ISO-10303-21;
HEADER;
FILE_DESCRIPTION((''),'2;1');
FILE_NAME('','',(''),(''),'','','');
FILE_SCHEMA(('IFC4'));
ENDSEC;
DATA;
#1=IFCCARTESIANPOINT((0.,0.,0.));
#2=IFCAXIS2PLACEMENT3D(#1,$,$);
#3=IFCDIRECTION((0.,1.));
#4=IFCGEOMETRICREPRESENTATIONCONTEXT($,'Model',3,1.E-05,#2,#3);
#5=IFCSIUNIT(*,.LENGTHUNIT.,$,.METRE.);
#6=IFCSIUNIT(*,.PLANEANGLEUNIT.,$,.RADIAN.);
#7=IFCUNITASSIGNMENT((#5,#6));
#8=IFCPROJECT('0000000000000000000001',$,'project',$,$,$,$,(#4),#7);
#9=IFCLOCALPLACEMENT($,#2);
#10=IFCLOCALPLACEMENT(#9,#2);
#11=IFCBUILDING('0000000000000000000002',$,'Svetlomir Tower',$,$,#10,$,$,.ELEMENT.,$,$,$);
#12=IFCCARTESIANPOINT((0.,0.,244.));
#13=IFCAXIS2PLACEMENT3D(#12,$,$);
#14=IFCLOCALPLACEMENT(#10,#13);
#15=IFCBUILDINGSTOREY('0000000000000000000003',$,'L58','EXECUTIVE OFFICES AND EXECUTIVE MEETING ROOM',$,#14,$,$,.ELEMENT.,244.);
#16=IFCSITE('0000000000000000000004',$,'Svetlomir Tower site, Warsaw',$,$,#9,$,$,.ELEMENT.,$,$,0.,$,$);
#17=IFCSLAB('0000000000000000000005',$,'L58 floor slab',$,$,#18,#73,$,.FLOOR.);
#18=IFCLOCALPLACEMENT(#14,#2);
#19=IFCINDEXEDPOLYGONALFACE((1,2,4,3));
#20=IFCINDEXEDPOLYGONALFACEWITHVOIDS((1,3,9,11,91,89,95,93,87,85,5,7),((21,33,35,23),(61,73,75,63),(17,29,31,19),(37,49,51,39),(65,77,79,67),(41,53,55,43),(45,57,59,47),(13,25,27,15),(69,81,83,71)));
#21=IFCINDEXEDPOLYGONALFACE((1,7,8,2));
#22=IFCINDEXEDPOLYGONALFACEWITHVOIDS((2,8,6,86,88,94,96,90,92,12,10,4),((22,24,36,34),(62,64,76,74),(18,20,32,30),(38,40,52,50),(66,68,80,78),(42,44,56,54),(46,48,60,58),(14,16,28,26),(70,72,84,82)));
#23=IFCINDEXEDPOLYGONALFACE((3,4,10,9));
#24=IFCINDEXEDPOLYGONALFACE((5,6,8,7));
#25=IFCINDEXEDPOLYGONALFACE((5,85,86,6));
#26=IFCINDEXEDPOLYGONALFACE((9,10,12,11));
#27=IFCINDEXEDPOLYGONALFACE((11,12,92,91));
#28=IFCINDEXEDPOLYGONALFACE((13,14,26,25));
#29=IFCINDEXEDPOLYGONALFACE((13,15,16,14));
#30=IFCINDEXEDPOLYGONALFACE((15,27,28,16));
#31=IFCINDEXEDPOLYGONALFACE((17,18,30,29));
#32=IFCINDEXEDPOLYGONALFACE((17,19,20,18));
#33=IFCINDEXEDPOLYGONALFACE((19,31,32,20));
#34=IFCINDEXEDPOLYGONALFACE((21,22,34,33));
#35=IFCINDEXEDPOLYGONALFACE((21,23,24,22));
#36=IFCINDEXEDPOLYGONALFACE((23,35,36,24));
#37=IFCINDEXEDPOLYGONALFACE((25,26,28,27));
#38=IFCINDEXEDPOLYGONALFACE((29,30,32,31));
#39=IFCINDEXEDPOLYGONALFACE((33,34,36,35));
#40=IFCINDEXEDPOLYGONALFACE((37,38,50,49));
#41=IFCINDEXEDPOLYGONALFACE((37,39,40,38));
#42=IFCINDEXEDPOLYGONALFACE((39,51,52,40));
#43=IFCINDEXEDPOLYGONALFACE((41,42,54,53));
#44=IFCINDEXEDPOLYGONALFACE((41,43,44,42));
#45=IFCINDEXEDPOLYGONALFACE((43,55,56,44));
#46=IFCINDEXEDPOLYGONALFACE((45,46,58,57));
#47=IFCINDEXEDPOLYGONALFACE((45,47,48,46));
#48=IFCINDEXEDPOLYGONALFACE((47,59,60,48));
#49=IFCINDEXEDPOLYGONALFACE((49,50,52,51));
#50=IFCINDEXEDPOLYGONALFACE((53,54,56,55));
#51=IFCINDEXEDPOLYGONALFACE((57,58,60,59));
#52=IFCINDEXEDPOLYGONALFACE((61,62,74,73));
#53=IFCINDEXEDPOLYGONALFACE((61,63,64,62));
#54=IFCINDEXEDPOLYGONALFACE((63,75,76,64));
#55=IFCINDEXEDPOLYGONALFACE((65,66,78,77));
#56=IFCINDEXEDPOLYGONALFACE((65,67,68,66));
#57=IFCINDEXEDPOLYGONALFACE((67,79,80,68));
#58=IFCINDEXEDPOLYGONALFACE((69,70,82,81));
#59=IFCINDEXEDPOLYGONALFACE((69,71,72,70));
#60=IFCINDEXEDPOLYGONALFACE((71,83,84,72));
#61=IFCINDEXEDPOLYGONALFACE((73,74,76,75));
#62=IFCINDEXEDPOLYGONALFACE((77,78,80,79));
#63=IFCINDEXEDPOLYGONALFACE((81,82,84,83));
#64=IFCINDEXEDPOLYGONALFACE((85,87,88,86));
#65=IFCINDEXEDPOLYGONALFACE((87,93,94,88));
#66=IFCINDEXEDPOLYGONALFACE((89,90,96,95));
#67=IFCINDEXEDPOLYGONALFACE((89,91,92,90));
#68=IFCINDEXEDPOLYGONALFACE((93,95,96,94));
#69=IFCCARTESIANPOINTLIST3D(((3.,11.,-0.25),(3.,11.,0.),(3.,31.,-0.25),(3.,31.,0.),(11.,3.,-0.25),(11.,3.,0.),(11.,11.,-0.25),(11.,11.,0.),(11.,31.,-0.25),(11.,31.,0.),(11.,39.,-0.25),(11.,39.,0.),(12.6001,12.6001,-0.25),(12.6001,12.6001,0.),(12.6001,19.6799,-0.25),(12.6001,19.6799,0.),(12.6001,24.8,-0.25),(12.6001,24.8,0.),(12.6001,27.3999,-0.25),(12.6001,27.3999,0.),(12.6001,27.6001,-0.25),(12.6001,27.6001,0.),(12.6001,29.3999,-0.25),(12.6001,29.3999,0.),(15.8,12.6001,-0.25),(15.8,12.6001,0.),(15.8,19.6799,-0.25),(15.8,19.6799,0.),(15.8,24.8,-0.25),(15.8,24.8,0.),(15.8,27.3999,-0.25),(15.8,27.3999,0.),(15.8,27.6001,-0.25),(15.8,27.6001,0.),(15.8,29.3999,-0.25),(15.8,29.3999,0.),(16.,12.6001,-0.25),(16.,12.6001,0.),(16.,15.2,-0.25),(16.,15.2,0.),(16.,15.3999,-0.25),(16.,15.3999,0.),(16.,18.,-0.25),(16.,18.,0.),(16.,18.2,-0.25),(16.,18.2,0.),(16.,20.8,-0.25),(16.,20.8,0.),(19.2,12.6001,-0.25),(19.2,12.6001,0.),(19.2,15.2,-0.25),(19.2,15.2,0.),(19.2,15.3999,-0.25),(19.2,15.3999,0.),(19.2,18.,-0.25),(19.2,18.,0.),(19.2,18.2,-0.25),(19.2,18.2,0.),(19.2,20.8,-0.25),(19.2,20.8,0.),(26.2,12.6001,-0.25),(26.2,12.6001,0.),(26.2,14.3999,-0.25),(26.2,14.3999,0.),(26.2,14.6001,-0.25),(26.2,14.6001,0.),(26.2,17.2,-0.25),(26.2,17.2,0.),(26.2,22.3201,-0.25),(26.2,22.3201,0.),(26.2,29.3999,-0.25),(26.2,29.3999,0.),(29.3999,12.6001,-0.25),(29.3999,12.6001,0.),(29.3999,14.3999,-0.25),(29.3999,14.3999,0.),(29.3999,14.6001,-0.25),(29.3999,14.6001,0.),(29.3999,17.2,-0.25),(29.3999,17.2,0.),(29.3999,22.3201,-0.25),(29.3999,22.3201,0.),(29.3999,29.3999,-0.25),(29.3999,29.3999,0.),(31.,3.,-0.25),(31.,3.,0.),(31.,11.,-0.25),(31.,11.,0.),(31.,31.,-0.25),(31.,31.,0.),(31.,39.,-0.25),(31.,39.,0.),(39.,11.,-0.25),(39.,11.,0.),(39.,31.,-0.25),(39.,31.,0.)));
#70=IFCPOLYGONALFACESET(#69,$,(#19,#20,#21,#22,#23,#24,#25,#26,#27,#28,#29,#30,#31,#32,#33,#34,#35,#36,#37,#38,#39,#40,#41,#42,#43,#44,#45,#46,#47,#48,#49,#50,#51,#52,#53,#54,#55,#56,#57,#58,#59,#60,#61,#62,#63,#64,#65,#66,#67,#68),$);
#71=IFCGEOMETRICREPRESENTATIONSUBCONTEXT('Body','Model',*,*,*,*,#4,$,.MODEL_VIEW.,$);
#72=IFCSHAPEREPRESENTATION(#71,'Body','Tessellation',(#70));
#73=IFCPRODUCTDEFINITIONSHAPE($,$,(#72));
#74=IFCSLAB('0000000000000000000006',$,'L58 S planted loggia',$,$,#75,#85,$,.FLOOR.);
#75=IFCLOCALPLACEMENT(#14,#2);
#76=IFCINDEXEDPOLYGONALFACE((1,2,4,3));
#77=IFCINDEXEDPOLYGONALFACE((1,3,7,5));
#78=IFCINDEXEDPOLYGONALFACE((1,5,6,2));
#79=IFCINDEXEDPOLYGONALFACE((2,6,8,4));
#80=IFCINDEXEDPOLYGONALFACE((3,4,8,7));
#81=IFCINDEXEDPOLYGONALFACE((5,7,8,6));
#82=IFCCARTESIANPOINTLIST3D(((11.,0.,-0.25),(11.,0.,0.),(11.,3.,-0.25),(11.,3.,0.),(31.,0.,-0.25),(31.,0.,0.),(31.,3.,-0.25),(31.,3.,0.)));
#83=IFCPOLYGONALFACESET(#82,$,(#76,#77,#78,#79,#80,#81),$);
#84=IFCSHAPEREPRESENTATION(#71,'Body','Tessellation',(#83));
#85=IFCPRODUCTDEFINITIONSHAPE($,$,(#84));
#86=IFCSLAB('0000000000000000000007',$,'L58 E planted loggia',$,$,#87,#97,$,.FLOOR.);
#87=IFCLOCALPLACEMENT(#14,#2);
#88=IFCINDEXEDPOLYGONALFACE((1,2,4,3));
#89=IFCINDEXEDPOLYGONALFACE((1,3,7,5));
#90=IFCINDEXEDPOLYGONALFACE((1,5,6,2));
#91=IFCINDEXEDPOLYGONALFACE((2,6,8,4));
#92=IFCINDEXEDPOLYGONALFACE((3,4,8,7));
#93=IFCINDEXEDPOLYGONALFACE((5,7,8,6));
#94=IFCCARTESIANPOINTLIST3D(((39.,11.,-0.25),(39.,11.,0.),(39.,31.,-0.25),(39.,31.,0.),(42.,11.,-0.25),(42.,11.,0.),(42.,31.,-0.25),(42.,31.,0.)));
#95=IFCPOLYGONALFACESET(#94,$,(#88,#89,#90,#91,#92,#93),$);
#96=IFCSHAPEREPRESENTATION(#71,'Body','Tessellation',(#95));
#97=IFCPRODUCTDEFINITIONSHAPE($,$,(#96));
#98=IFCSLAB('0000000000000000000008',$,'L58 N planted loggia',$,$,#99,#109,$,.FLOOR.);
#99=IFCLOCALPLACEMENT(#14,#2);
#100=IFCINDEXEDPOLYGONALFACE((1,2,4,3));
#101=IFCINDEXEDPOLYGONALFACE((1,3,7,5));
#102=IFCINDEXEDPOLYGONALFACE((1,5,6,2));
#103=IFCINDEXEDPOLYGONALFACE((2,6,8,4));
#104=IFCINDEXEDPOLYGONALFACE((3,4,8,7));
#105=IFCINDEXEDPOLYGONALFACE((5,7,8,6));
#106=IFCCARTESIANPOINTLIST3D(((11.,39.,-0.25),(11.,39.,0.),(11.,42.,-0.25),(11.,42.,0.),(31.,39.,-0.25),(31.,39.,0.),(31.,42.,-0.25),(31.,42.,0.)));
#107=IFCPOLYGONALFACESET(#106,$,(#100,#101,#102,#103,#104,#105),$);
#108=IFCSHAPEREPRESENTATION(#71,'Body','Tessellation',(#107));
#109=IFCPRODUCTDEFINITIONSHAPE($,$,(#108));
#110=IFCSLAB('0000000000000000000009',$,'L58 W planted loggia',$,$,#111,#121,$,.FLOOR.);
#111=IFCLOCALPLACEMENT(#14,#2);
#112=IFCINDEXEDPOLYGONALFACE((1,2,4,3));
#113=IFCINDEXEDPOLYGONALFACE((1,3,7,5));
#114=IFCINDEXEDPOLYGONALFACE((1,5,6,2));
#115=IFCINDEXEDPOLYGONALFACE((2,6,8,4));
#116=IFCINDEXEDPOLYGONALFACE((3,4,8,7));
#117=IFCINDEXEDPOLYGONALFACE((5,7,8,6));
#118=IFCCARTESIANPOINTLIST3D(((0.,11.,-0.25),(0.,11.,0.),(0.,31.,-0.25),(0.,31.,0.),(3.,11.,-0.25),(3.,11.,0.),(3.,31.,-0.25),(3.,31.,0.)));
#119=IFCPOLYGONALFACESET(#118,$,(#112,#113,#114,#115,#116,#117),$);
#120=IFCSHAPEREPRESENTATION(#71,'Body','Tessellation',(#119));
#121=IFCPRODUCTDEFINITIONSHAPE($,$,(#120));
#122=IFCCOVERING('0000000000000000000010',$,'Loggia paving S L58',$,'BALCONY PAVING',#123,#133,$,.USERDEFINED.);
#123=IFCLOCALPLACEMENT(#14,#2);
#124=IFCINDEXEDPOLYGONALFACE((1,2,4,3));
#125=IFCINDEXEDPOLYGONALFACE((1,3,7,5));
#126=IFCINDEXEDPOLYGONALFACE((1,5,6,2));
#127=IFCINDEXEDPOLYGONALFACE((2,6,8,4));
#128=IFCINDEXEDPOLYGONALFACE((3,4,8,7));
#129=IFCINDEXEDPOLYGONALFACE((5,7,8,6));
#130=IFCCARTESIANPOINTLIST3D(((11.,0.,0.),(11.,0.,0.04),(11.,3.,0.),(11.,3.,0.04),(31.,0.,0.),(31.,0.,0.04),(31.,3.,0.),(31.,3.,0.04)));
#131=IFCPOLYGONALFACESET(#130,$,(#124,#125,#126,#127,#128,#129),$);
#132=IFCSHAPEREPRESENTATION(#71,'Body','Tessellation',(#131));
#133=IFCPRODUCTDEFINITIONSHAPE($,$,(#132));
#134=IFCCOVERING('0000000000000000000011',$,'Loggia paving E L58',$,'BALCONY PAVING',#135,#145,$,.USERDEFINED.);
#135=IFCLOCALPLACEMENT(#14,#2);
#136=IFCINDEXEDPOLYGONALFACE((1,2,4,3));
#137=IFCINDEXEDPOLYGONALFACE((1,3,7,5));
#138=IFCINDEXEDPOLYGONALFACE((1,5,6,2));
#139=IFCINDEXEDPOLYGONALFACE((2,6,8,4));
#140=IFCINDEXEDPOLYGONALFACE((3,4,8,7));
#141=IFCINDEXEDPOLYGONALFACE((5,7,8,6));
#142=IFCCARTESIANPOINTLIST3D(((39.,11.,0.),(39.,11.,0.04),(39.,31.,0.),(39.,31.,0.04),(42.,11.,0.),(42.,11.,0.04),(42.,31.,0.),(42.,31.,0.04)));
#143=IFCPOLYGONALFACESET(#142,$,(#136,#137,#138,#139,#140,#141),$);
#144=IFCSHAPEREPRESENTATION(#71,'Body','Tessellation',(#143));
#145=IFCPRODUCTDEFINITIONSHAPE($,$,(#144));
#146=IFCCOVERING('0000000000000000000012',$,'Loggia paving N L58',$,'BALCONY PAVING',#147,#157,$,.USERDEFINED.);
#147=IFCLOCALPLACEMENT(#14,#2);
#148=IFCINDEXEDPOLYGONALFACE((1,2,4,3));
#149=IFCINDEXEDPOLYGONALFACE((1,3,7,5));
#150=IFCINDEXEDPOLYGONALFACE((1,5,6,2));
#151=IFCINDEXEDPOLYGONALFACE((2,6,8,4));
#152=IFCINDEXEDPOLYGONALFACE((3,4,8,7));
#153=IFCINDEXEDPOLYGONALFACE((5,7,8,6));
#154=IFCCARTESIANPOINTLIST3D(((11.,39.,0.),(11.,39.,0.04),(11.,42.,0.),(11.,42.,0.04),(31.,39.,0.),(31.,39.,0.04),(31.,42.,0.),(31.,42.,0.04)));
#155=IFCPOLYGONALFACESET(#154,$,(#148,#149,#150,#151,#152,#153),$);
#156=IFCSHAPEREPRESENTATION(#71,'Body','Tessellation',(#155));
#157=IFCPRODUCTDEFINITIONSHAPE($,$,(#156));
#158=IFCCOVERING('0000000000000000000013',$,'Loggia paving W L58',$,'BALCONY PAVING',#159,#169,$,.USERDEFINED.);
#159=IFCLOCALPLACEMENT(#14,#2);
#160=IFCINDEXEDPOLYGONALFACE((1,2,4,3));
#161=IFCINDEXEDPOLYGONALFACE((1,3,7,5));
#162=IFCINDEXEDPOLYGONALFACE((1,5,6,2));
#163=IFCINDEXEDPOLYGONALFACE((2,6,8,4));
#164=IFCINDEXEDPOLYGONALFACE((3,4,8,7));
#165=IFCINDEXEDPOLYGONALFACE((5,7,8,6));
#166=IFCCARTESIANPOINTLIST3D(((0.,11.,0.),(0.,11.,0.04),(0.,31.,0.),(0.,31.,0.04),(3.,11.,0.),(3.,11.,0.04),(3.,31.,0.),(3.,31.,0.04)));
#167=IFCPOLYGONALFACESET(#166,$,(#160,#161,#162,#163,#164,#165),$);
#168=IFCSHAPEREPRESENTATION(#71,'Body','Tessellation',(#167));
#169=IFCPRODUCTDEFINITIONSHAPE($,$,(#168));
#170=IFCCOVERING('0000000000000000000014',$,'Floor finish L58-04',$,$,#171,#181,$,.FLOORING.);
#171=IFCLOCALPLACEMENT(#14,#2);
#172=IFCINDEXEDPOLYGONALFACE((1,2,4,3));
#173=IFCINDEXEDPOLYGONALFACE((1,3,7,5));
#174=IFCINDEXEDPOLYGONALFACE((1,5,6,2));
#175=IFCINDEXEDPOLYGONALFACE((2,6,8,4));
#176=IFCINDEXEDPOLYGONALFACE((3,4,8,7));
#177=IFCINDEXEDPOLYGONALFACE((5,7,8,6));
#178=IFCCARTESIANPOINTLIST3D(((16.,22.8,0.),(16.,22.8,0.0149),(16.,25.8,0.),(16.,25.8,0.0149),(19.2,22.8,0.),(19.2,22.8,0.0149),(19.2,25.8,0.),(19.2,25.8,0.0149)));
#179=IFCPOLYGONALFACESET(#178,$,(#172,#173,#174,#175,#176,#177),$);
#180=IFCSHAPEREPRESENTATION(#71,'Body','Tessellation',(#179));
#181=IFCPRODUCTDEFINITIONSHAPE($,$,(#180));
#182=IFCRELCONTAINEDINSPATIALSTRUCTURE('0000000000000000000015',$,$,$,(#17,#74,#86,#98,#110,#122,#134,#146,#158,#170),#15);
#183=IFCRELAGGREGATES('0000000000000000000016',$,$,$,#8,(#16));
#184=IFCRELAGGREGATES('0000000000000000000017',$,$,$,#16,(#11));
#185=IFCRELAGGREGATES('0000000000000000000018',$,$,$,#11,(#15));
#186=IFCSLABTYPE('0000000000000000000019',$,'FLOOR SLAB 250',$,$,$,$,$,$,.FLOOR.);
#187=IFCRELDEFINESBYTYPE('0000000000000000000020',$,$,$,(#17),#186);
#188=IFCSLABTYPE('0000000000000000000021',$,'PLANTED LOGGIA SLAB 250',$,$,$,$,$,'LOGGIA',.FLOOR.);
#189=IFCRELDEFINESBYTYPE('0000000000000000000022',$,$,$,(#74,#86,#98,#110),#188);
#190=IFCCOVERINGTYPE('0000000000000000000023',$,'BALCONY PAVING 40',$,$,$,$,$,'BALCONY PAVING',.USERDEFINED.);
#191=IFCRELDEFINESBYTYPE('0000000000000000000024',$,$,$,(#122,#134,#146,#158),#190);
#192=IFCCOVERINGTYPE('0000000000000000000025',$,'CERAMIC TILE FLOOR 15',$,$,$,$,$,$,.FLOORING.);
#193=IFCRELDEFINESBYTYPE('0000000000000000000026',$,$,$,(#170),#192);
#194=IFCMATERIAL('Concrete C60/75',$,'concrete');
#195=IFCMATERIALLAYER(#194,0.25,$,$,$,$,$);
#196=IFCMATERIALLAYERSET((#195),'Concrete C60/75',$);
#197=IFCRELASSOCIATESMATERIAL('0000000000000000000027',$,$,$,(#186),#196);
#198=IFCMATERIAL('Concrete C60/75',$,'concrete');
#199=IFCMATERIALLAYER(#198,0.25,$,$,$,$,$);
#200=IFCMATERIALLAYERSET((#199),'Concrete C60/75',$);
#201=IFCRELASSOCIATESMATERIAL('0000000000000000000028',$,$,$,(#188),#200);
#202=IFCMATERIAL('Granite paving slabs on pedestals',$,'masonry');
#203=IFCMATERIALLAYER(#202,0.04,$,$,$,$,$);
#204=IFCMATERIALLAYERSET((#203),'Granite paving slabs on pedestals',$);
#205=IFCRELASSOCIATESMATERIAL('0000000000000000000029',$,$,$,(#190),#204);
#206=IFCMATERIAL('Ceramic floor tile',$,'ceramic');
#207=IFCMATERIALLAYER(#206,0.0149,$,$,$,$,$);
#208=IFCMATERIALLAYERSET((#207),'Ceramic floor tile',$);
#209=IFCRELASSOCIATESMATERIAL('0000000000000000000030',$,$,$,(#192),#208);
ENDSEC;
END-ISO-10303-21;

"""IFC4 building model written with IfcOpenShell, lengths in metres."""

from ifc_helpers import new_model, si_unit, direction, frame, origin, place, context, subcontext, project, spatial, polyline, outline, extrude, material, layer, layer_set, type_object, element, save


model = new_model("IFC4")

# Units and contexts
model_context = context("Model", 3, precision=1e-05, world=origin(), true_north=direction((0.0, 1.0)))
body_context = subcontext(model_context, "Body", "Model", "MODEL_VIEW")
ifc_project = project(units=[si_unit("LENGTHUNIT", "METRE"), si_unit("PLANEANGLEUNIT", "RADIAN")], contexts=[model_context])

# Site, building, storey
site_placement = place(None, origin())
site = spatial("IfcSite", under=ifc_project, at=site_placement, Name="Svetlomir Tower site, Warsaw", CompositionType="ELEMENT", RefElevation=0.0)
building_placement = place(site_placement, origin())
building = spatial("IfcBuilding", under=site, at=building_placement, Name="Svetlomir Tower", CompositionType="ELEMENT")
storey_placement = place(building_placement, frame((0.0, 0.0, 244.0)))
storey = spatial("IfcBuildingStorey", under=building, at=storey_placement, Name="L58", Description="EXECUTIVE OFFICES AND EXECUTIVE MEETING ROOM", CompositionType="ELEMENT", Elevation=244.0)

# Slabs
ifc_material_1 = material(Name="Concrete C60/75", Category="concrete")
ifc_layer_1 = layer(ifc_material_1, 0.25)
ifc_layer_set_1 = layer_set([ifc_layer_1], Name="Concrete C60/75")
slab_type_1 = type_object("IfcSlabType", Name="FLOOR SLAB 250", PredefinedType="FLOOR", material=ifc_layer_set_1)
slab_1_placement = place(storey_placement, frame((0.0, 0.0, -0.25)))
element("IfcSlab", 1, at=slab_1_placement, inside=storey, type_object=slab_type_1, Name="L58 floor slab", PredefinedType="FLOOR", context=body_context, shape_type="SweptSolid", body=[
    extrude(outline(polyline([(11.0, 3.0), (31.0, 3.0), (31.0, 11.0), (39.0, 11.0), (39.0, 31.0), (31.0, 31.0), (31.0, 39.0), (11.0, 39.0), (11.0, 31.0), (3.0, 31.0), (3.0, 11.0), (11.0, 11.0), (11.0, 3.0)]), holes=[polyline([(12.6001, 24.8), (15.8, 24.8), (15.8, 27.3999), (12.6001, 27.3999), (12.6001, 24.8)]), polyline([(26.2, 14.6001), (29.3999, 14.6001), (29.3999, 17.2), (26.2, 17.2), (26.2, 14.6001)]), polyline([(16.0, 12.6001), (19.2, 12.6001), (19.2, 15.2), (16.0, 15.2), (16.0, 12.6001)]), polyline([(16.0, 15.3999), (19.2, 15.3999), (19.2, 18.0), (16.0, 18.0), (16.0, 15.3999)]), polyline([(16.0, 18.2), (19.2, 18.2), (19.2, 20.8), (16.0, 20.8), (16.0, 18.2)]), polyline([(12.6001, 27.6001), (15.8, 27.6001), (15.8, 29.3999), (12.6001, 29.3999), (12.6001, 27.6001)]), polyline([(26.2, 12.6001), (29.3999, 12.6001), (29.3999, 14.3999), (26.2, 14.3999), (26.2, 12.6001)]), polyline([(12.6001, 12.6001), (15.8, 12.6001), (15.8, 19.6799), (12.6001, 19.6799), (12.6001, 12.6001)]), polyline([(26.2, 22.3201), (29.3999, 22.3201), (29.3999, 29.3999), (26.2, 29.3999), (26.2, 22.3201)])]), origin(), (0.0, 0.0, 1.0), 0.25),
])
ifc_material_2 = material(Name="Concrete C60/75", Category="concrete")
ifc_layer_2 = layer(ifc_material_2, 0.25)
ifc_layer_set_2 = layer_set([ifc_layer_2], Name="Concrete C60/75")
slab_type_2 = type_object("IfcSlabType", Name="PLANTED LOGGIA SLAB 250", ElementType="LOGGIA", PredefinedType="FLOOR", material=ifc_layer_set_2)
slab_2_placement = place(storey_placement, frame((0.0, 0.0, -0.25)))
element("IfcSlab", 2, at=slab_2_placement, inside=storey, type_object=slab_type_2, Name="L58 S planted loggia", PredefinedType="FLOOR", context=body_context, shape_type="SweptSolid", body=[
    extrude(outline(polyline([(11.0, 0.0), (31.0, 0.0), (31.0, 3.0), (11.0, 3.0), (11.0, 0.0)])), origin(), (0.0, 0.0, 1.0), 0.25),
])
slab_3_placement = place(storey_placement, frame((0.0, 0.0, -0.25)))
element("IfcSlab", 3, at=slab_3_placement, inside=storey, type_object=slab_type_2, Name="L58 E planted loggia", PredefinedType="FLOOR", context=body_context, shape_type="SweptSolid", body=[
    extrude(outline(polyline([(39.0, 11.0), (42.0, 11.0), (42.0, 31.0), (39.0, 31.0), (39.0, 11.0)])), origin(), (0.0, 0.0, 1.0), 0.25),
])
slab_4_placement = place(storey_placement, frame((0.0, 0.0, -0.25)))
element("IfcSlab", 4, at=slab_4_placement, inside=storey, type_object=slab_type_2, Name="L58 N planted loggia", PredefinedType="FLOOR", context=body_context, shape_type="SweptSolid", body=[
    extrude(outline(polyline([(11.0, 39.0), (31.0, 39.0), (31.0, 42.0), (11.0, 42.0), (11.0, 39.0)])), origin(), (0.0, 0.0, 1.0), 0.25),
])
slab_5_placement = place(storey_placement, frame((0.0, 0.0, -0.25)))
element("IfcSlab", 5, at=slab_5_placement, inside=storey, type_object=slab_type_2, Name="L58 W planted loggia", PredefinedType="FLOOR", context=body_context, shape_type="SweptSolid", body=[
    extrude(outline(polyline([(0.0, 11.0), (3.0, 11.0), (3.0, 31.0), (0.0, 31.0), (0.0, 11.0)])), origin(), (0.0, 0.0, 1.0), 0.25),
])

# Coverings
ifc_material_3 = material(Name="Granite paving slabs on pedestals", Category="masonry")
ifc_layer_3 = layer(ifc_material_3, 0.04)
ifc_layer_set_3 = layer_set([ifc_layer_3], Name="Granite paving slabs on pedestals")
covering_type_1 = type_object("IfcCoveringType", Name="BALCONY PAVING 40", ElementType="BALCONY PAVING", PredefinedType="USERDEFINED", material=ifc_layer_set_3)
covering_1_placement = place(storey_placement, origin())
element("IfcCovering", 6, at=covering_1_placement, inside=storey, type_object=covering_type_1, Name="Loggia paving S L58", ObjectType="BALCONY PAVING", PredefinedType="USERDEFINED", context=body_context, shape_type="SweptSolid", body=[
    extrude(outline(polyline([(11.0, 0.0), (31.0, 0.0), (31.0, 3.0), (11.0, 3.0), (11.0, 0.0)])), origin(), (0.0, 0.0, 1.0), 0.04),
])
covering_2_placement = place(storey_placement, origin())
element("IfcCovering", 7, at=covering_2_placement, inside=storey, type_object=covering_type_1, Name="Loggia paving E L58", ObjectType="BALCONY PAVING", PredefinedType="USERDEFINED", context=body_context, shape_type="SweptSolid", body=[
    extrude(outline(polyline([(39.0, 11.0), (42.0, 11.0), (42.0, 31.0), (39.0, 31.0), (39.0, 11.0)])), origin(), (0.0, 0.0, 1.0), 0.04),
])
covering_3_placement = place(storey_placement, origin())
element("IfcCovering", 8, at=covering_3_placement, inside=storey, type_object=covering_type_1, Name="Loggia paving N L58", ObjectType="BALCONY PAVING", PredefinedType="USERDEFINED", context=body_context, shape_type="SweptSolid", body=[
    extrude(outline(polyline([(11.0, 39.0), (31.0, 39.0), (31.0, 42.0), (11.0, 42.0), (11.0, 39.0)])), origin(), (0.0, 0.0, 1.0), 0.04),
])
covering_4_placement = place(storey_placement, origin())
element("IfcCovering", 9, at=covering_4_placement, inside=storey, type_object=covering_type_1, Name="Loggia paving W L58", ObjectType="BALCONY PAVING", PredefinedType="USERDEFINED", context=body_context, shape_type="SweptSolid", body=[
    extrude(outline(polyline([(0.0, 11.0), (3.0, 11.0), (3.0, 31.0), (0.0, 31.0), (0.0, 11.0)])), origin(), (0.0, 0.0, 1.0), 0.04),
])
ifc_material_4 = material(Name="Ceramic floor tile", Category="ceramic")
ifc_layer_4 = layer(ifc_material_4, 0.0149)
ifc_layer_set_4 = layer_set([ifc_layer_4], Name="Ceramic floor tile")
covering_type_2 = type_object("IfcCoveringType", Name="CERAMIC TILE FLOOR 15", PredefinedType="FLOORING", material=ifc_layer_set_4)
covering_5_placement = place(storey_placement, origin())
element("IfcCovering", 10, at=covering_5_placement, inside=storey, type_object=covering_type_2, Name="Floor finish L58-04", PredefinedType="FLOORING", context=body_context, shape_type="SweptSolid", body=[
    extrude(outline(polyline([(16.0, 22.8), (19.2, 22.8), (19.2, 25.8), (16.0, 25.8), (16.0, 22.8)])), origin(), (0.0, 0.0, 1.0), 0.0149),
])

save(model, "model.ifc")
